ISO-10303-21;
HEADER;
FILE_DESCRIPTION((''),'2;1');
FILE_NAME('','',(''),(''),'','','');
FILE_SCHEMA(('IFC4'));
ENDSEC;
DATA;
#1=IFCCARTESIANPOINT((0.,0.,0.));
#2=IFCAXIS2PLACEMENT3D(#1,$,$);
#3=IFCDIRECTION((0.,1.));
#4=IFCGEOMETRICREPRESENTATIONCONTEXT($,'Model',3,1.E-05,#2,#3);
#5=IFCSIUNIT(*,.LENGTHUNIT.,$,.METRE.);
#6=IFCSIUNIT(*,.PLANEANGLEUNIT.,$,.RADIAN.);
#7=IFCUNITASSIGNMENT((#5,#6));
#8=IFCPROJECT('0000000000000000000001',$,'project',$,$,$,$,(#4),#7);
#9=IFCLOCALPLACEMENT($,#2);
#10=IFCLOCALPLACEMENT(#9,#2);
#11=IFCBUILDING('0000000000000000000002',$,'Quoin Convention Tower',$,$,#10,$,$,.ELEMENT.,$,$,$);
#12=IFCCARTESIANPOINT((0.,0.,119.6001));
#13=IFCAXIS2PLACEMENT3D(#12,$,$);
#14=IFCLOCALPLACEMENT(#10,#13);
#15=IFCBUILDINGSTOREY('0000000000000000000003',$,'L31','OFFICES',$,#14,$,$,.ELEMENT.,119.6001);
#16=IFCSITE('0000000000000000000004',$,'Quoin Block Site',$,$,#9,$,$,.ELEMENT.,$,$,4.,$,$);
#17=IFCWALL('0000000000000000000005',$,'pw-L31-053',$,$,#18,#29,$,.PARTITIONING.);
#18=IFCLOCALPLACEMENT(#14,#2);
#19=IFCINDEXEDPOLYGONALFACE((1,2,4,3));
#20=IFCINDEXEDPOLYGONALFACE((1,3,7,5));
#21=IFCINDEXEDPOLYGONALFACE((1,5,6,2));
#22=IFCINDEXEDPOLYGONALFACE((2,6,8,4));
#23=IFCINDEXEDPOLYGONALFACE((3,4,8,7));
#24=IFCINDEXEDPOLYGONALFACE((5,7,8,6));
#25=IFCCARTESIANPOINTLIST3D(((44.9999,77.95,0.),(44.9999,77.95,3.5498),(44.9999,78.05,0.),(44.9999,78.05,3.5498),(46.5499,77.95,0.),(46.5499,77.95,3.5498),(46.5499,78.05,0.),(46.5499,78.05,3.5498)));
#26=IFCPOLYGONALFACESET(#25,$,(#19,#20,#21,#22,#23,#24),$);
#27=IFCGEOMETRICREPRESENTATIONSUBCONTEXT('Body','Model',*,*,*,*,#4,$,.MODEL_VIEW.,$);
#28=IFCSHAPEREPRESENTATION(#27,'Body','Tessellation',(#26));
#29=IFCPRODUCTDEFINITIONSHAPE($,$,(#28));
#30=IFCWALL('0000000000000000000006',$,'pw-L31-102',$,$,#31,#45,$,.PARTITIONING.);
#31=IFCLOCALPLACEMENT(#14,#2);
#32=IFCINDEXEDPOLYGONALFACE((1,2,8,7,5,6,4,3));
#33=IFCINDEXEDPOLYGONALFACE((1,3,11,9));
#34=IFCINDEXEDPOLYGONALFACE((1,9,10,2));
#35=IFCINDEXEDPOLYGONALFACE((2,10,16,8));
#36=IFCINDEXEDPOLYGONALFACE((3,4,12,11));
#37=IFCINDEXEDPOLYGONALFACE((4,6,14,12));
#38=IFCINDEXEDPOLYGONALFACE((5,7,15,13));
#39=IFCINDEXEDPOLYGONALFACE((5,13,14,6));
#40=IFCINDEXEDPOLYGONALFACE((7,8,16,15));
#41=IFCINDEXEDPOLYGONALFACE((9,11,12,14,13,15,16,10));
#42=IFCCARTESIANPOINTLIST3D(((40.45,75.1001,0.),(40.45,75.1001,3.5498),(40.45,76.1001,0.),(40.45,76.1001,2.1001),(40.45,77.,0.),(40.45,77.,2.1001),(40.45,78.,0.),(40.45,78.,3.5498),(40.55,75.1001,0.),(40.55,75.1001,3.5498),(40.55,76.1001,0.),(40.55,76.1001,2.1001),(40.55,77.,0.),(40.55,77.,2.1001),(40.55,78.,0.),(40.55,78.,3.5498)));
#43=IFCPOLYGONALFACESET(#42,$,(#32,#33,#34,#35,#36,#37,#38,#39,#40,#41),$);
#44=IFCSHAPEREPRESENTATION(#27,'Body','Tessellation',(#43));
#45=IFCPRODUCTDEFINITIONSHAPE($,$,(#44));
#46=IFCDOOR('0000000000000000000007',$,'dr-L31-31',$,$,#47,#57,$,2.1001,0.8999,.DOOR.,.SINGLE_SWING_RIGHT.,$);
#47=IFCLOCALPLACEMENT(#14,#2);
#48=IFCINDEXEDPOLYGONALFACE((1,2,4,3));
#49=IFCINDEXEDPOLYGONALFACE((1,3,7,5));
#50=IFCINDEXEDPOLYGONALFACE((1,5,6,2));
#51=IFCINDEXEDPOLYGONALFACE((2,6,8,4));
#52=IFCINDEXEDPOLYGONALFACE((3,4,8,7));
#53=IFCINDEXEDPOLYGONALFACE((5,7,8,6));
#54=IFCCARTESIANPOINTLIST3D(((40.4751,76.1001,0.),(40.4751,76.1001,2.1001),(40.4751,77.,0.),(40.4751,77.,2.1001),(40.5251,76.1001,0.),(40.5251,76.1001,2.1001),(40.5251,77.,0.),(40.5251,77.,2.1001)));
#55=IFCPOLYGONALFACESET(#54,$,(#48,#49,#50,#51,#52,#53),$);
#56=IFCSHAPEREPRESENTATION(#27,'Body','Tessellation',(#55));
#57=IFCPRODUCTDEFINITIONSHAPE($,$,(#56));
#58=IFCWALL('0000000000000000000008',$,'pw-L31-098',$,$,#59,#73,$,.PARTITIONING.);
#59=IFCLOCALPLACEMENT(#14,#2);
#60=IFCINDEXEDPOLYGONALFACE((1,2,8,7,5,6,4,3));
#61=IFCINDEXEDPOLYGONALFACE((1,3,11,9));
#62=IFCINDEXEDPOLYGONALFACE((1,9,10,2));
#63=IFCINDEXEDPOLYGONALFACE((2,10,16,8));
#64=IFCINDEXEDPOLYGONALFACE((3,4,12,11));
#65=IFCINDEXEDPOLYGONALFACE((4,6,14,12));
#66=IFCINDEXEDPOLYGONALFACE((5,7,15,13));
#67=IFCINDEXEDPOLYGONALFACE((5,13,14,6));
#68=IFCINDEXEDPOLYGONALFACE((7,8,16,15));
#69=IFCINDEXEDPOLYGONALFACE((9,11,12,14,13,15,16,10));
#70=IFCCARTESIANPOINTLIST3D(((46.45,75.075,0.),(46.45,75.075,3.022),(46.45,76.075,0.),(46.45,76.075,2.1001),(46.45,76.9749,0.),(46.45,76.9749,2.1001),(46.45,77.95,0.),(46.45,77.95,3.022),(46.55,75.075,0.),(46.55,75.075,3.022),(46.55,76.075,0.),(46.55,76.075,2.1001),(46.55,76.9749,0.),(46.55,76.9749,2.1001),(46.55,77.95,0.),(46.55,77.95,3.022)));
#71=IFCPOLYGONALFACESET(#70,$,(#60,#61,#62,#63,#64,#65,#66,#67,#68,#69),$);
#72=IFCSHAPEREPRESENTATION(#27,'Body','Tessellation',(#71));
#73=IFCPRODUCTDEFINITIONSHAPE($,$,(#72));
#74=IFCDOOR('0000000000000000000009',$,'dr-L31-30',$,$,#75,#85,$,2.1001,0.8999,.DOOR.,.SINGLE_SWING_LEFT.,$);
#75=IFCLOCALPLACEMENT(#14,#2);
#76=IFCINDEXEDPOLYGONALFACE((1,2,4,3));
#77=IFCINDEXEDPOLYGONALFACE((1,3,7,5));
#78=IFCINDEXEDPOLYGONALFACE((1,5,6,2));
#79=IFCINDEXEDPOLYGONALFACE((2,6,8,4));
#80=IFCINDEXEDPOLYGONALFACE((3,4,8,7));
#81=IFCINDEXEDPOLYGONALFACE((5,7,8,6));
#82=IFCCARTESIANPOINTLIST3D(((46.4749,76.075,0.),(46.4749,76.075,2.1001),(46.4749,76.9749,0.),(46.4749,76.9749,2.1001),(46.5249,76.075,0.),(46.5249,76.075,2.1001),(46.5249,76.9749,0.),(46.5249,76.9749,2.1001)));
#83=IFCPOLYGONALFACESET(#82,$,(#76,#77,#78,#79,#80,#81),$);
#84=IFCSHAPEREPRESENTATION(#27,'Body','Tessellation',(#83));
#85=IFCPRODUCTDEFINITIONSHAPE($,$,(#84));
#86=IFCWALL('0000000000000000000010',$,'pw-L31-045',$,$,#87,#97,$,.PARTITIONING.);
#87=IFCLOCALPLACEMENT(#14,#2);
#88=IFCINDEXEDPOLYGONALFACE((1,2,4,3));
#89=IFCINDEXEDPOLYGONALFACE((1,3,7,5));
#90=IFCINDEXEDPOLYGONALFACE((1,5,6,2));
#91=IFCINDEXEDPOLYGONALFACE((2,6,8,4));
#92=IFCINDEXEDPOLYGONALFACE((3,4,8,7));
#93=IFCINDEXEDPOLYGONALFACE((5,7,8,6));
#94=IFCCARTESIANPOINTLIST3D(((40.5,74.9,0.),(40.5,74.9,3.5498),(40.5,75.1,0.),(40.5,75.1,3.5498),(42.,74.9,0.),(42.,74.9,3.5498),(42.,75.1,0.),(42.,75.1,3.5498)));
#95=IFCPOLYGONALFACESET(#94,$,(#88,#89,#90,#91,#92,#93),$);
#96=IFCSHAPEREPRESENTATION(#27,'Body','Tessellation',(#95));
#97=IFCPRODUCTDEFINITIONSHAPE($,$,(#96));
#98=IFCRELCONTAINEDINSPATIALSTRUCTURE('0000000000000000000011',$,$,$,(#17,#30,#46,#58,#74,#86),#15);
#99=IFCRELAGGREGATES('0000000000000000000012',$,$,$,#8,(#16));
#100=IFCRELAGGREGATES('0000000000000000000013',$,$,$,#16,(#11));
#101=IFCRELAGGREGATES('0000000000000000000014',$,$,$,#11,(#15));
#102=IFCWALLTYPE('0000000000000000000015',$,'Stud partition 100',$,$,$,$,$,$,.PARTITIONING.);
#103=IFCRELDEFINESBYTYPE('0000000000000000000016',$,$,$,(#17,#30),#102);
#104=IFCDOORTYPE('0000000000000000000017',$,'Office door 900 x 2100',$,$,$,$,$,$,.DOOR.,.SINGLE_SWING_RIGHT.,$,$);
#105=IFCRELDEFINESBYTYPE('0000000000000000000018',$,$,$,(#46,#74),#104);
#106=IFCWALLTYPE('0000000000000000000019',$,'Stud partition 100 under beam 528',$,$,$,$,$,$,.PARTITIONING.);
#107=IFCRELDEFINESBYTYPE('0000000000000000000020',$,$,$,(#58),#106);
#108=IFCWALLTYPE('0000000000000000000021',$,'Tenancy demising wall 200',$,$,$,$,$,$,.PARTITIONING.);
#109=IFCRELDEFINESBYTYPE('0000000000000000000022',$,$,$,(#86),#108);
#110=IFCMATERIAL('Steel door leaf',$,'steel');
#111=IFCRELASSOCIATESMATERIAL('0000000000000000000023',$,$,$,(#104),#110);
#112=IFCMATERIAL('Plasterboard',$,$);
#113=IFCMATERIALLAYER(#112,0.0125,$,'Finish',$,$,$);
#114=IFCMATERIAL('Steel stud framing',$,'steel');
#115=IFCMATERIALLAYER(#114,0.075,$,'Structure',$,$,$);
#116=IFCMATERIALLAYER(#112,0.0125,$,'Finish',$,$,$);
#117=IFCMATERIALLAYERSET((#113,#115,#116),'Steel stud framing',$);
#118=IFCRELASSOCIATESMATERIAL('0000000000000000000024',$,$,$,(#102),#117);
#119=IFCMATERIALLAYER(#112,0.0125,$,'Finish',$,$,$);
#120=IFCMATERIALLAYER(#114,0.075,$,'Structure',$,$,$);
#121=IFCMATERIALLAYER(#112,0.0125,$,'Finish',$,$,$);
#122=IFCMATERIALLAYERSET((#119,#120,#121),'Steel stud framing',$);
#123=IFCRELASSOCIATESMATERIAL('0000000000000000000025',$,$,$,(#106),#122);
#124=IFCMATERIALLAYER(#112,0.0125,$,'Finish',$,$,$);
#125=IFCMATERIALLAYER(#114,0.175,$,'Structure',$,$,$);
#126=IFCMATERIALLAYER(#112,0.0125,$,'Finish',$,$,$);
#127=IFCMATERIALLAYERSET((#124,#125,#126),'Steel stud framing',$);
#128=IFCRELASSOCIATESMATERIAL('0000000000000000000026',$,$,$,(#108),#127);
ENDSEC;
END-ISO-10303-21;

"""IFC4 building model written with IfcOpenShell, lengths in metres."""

from ifc_helpers import new_model, si_unit, direction, frame, frame_2d, origin, place, context, subcontext, project, spatial, rectangle, extrude, material, layer, layer_set, type_object, element, fill, save


model = new_model("IFC4")

# Units and contexts
model_context = context("Model", 3, precision=1e-05, world=origin(), true_north=direction((0.0, 1.0)))
body_context = subcontext(model_context, "Body", "Model", "MODEL_VIEW")
ifc_project = project(units=[si_unit("LENGTHUNIT", "METRE"), si_unit("PLANEANGLEUNIT", "RADIAN")], contexts=[model_context])

# Site, building, storey
site_placement = place(None, origin())
site = spatial("IfcSite", under=ifc_project, at=site_placement, Name="Quoin Block Site", CompositionType="ELEMENT", RefElevation=4.0)
building_placement = place(site_placement, origin())
building = spatial("IfcBuilding", under=site, at=building_placement, Name="Quoin Convention Tower", CompositionType="ELEMENT")
storey_placement = place(building_placement, frame((0.0, 0.0, 119.6001)))
storey = spatial("IfcBuildingStorey", under=building, at=storey_placement, Name="L31", Description="OFFICES", CompositionType="ELEMENT", Elevation=119.6001)

# Shared definitions
ifc_material_1 = material(Name="Plasterboard")
ifc_material_2 = material(Name="Steel stud framing", Category="steel")

# Shared definitions
ifc_material_3 = material(Name="Steel door leaf", Category="steel")
door_type_1 = type_object("IfcDoorType", Name="Office door 900 x 2100", OperationType="SINGLE_SWING_RIGHT", PredefinedType="DOOR", material=ifc_material_3)

# Wall
ifc_layer_1 = layer(ifc_material_1, 0.0125, Name="Finish")
ifc_layer_2 = layer(ifc_material_2, 0.075, Name="Structure")
ifc_layer_3 = layer(ifc_material_1, 0.0125, Name="Finish")
ifc_layer_set_1 = layer_set([ifc_layer_1, ifc_layer_2, ifc_layer_3], Name="Steel stud framing")
wall_type_1 = type_object("IfcWallType", Name="Stud partition 100", PredefinedType="PARTITIONING", material=ifc_layer_set_1)
wall_1_placement = place(storey_placement, frame((45.0, 78.0, 0.0), z_axis=(0.0, 0.0, 1.0), x_axis=(1.0, 0.0, 0.0)))
element("IfcWall", 1, at=wall_1_placement, inside=storey, type_object=wall_type_1, Name="pw-L31-053", PredefinedType="PARTITIONING", context=body_context, shape_type="SweptSolid", body=[
    extrude(rectangle(XDim=1.55, YDim=0.1001, at=frame_2d((0.7749, 0.0))), origin(), (0.0, 0.0, 1.0), 3.5498),
])

# Walls, openings, doors
wall_2_placement = place(storey_placement, frame((40.5, 75.1001, 0.0), z_axis=(0.0, 0.0, 1.0), x_axis=(0.0, 1.0, 0.0)))
wall_2 = element("IfcWall", 2, at=wall_2_placement, inside=storey, type_object=wall_type_1, Name="pw-L31-102", PredefinedType="PARTITIONING", context=body_context, shape_type="SweptSolid", body=[
    extrude(rectangle(XDim=2.8999, YDim=0.1001, at=frame_2d((1.45, 0.0))), origin(), (0.0, 0.0, 1.0), 3.5498),
])
opening_1_placement = place(wall_2_placement, frame((1.0, 0.0, 0.0)))
opening_1 = element("IfcOpeningElement", 3, at=opening_1_placement, cuts=wall_2, PredefinedType="OPENING", context=body_context, shape_type="SweptSolid", body=[
    extrude(rectangle(XDim=0.8999, YDim=2.1001, at=frame_2d((0.45, 1.05))), frame((0.0, 0.0601, 0.0), z_axis=(0.0, -1.0, 0.0), x_axis=(1.0, 0.0, 0.0)), (0.0, 0.0, 1.0), 0.1201),
])
door_1_placement = place(opening_1_placement, origin())
door_1 = element("IfcDoor", 4, at=door_1_placement, inside=storey, type_object=door_type_1, Name="dr-L31-31", OperationType="SINGLE_SWING_RIGHT", OverallHeight=2.1001, OverallWidth=0.8999, PredefinedType="DOOR", context=body_context, shape_type="SweptSolid", body=[
    extrude(rectangle(XDim=0.8999, YDim=2.1001, at=frame_2d((0.45, 1.05))), frame((0.0, 0.0249, 0.0), z_axis=(0.0, -1.0, 0.0), x_axis=(1.0, 0.0, 0.0)), (0.0, 0.0, 1.0), 0.05),
])
fill(opening_1, door_1)
ifc_layer_4 = layer(ifc_material_1, 0.0125, Name="Finish")
ifc_layer_5 = layer(ifc_material_2, 0.075, Name="Structure")
ifc_layer_6 = layer(ifc_material_1, 0.0125, Name="Finish")
ifc_layer_set_2 = layer_set([ifc_layer_4, ifc_layer_5, ifc_layer_6], Name="Steel stud framing")
wall_type_2 = type_object("IfcWallType", Name="Stud partition 100 under beam 528", PredefinedType="PARTITIONING", material=ifc_layer_set_2)
wall_3_placement = place(storey_placement, frame((46.5, 75.075, 0.0), z_axis=(0.0, 0.0, 1.0), x_axis=(0.0, 1.0, 0.0)))
wall_3 = element("IfcWall", 5, at=wall_3_placement, inside=storey, type_object=wall_type_2, Name="pw-L31-098", PredefinedType="PARTITIONING", context=body_context, shape_type="SweptSolid", body=[
    extrude(rectangle(XDim=2.875, YDim=0.1001, at=frame_2d((1.4375, 0.0))), origin(), (0.0, 0.0, 1.0), 3.022),
])
opening_2_placement = place(wall_3_placement, frame((1.0, 0.0, 0.0)))
opening_2 = element("IfcOpeningElement", 6, at=opening_2_placement, cuts=wall_3, PredefinedType="OPENING", context=body_context, shape_type="SweptSolid", body=[
    extrude(rectangle(XDim=0.8999, YDim=2.1001, at=frame_2d((0.45, 1.05))), frame((0.0, 0.0601, 0.0), z_axis=(0.0, -1.0, 0.0), x_axis=(1.0, 0.0, 0.0)), (0.0, 0.0, 1.0), 0.1201),
])
door_2_placement = place(opening_2_placement, frame((0.8999, 0.0, 0.0), z_axis=(0.0, 0.0, 1.0), x_axis=(-1.0, 0.0, 0.0)))
door_2 = element("IfcDoor", 7, at=door_2_placement, inside=storey, type_object=door_type_1, Name="dr-L31-30", OperationType="SINGLE_SWING_LEFT", OverallHeight=2.1001, OverallWidth=0.8999, PredefinedType="DOOR", context=body_context, shape_type="SweptSolid", body=[
    extrude(rectangle(XDim=0.8999, YDim=2.1001, at=frame_2d((0.45, 1.05))), frame((0.0, 0.0249, 0.0), z_axis=(0.0, -1.0, 0.0), x_axis=(1.0, 0.0, 0.0)), (0.0, 0.0, 1.0), 0.05),
])
fill(opening_2, door_2)

# Wall
ifc_layer_7 = layer(ifc_material_1, 0.0125, Name="Finish")
ifc_layer_8 = layer(ifc_material_2, 0.175, Name="Structure")
ifc_layer_9 = layer(ifc_material_1, 0.0125, Name="Finish")
ifc_layer_set_3 = layer_set([ifc_layer_7, ifc_layer_8, ifc_layer_9], Name="Steel stud framing")
wall_type_3 = type_object("IfcWallType", Name="Tenancy demising wall 200", PredefinedType="PARTITIONING", material=ifc_layer_set_3)
wall_4_placement = place(storey_placement, frame((40.5, 75.0, 0.0), z_axis=(0.0, 0.0, 1.0), x_axis=(1.0, 0.0, 0.0)))
element("IfcWall", 8, at=wall_4_placement, inside=storey, type_object=wall_type_3, Name="pw-L31-045", PredefinedType="PARTITIONING", context=body_context, shape_type="SweptSolid", body=[
    extrude(rectangle(XDim=1.5, YDim=0.2, at=frame_2d((0.75, 0.0))), origin(), (0.0, 0.0, 1.0), 3.5498),
])

save(model, "model.ifc")
